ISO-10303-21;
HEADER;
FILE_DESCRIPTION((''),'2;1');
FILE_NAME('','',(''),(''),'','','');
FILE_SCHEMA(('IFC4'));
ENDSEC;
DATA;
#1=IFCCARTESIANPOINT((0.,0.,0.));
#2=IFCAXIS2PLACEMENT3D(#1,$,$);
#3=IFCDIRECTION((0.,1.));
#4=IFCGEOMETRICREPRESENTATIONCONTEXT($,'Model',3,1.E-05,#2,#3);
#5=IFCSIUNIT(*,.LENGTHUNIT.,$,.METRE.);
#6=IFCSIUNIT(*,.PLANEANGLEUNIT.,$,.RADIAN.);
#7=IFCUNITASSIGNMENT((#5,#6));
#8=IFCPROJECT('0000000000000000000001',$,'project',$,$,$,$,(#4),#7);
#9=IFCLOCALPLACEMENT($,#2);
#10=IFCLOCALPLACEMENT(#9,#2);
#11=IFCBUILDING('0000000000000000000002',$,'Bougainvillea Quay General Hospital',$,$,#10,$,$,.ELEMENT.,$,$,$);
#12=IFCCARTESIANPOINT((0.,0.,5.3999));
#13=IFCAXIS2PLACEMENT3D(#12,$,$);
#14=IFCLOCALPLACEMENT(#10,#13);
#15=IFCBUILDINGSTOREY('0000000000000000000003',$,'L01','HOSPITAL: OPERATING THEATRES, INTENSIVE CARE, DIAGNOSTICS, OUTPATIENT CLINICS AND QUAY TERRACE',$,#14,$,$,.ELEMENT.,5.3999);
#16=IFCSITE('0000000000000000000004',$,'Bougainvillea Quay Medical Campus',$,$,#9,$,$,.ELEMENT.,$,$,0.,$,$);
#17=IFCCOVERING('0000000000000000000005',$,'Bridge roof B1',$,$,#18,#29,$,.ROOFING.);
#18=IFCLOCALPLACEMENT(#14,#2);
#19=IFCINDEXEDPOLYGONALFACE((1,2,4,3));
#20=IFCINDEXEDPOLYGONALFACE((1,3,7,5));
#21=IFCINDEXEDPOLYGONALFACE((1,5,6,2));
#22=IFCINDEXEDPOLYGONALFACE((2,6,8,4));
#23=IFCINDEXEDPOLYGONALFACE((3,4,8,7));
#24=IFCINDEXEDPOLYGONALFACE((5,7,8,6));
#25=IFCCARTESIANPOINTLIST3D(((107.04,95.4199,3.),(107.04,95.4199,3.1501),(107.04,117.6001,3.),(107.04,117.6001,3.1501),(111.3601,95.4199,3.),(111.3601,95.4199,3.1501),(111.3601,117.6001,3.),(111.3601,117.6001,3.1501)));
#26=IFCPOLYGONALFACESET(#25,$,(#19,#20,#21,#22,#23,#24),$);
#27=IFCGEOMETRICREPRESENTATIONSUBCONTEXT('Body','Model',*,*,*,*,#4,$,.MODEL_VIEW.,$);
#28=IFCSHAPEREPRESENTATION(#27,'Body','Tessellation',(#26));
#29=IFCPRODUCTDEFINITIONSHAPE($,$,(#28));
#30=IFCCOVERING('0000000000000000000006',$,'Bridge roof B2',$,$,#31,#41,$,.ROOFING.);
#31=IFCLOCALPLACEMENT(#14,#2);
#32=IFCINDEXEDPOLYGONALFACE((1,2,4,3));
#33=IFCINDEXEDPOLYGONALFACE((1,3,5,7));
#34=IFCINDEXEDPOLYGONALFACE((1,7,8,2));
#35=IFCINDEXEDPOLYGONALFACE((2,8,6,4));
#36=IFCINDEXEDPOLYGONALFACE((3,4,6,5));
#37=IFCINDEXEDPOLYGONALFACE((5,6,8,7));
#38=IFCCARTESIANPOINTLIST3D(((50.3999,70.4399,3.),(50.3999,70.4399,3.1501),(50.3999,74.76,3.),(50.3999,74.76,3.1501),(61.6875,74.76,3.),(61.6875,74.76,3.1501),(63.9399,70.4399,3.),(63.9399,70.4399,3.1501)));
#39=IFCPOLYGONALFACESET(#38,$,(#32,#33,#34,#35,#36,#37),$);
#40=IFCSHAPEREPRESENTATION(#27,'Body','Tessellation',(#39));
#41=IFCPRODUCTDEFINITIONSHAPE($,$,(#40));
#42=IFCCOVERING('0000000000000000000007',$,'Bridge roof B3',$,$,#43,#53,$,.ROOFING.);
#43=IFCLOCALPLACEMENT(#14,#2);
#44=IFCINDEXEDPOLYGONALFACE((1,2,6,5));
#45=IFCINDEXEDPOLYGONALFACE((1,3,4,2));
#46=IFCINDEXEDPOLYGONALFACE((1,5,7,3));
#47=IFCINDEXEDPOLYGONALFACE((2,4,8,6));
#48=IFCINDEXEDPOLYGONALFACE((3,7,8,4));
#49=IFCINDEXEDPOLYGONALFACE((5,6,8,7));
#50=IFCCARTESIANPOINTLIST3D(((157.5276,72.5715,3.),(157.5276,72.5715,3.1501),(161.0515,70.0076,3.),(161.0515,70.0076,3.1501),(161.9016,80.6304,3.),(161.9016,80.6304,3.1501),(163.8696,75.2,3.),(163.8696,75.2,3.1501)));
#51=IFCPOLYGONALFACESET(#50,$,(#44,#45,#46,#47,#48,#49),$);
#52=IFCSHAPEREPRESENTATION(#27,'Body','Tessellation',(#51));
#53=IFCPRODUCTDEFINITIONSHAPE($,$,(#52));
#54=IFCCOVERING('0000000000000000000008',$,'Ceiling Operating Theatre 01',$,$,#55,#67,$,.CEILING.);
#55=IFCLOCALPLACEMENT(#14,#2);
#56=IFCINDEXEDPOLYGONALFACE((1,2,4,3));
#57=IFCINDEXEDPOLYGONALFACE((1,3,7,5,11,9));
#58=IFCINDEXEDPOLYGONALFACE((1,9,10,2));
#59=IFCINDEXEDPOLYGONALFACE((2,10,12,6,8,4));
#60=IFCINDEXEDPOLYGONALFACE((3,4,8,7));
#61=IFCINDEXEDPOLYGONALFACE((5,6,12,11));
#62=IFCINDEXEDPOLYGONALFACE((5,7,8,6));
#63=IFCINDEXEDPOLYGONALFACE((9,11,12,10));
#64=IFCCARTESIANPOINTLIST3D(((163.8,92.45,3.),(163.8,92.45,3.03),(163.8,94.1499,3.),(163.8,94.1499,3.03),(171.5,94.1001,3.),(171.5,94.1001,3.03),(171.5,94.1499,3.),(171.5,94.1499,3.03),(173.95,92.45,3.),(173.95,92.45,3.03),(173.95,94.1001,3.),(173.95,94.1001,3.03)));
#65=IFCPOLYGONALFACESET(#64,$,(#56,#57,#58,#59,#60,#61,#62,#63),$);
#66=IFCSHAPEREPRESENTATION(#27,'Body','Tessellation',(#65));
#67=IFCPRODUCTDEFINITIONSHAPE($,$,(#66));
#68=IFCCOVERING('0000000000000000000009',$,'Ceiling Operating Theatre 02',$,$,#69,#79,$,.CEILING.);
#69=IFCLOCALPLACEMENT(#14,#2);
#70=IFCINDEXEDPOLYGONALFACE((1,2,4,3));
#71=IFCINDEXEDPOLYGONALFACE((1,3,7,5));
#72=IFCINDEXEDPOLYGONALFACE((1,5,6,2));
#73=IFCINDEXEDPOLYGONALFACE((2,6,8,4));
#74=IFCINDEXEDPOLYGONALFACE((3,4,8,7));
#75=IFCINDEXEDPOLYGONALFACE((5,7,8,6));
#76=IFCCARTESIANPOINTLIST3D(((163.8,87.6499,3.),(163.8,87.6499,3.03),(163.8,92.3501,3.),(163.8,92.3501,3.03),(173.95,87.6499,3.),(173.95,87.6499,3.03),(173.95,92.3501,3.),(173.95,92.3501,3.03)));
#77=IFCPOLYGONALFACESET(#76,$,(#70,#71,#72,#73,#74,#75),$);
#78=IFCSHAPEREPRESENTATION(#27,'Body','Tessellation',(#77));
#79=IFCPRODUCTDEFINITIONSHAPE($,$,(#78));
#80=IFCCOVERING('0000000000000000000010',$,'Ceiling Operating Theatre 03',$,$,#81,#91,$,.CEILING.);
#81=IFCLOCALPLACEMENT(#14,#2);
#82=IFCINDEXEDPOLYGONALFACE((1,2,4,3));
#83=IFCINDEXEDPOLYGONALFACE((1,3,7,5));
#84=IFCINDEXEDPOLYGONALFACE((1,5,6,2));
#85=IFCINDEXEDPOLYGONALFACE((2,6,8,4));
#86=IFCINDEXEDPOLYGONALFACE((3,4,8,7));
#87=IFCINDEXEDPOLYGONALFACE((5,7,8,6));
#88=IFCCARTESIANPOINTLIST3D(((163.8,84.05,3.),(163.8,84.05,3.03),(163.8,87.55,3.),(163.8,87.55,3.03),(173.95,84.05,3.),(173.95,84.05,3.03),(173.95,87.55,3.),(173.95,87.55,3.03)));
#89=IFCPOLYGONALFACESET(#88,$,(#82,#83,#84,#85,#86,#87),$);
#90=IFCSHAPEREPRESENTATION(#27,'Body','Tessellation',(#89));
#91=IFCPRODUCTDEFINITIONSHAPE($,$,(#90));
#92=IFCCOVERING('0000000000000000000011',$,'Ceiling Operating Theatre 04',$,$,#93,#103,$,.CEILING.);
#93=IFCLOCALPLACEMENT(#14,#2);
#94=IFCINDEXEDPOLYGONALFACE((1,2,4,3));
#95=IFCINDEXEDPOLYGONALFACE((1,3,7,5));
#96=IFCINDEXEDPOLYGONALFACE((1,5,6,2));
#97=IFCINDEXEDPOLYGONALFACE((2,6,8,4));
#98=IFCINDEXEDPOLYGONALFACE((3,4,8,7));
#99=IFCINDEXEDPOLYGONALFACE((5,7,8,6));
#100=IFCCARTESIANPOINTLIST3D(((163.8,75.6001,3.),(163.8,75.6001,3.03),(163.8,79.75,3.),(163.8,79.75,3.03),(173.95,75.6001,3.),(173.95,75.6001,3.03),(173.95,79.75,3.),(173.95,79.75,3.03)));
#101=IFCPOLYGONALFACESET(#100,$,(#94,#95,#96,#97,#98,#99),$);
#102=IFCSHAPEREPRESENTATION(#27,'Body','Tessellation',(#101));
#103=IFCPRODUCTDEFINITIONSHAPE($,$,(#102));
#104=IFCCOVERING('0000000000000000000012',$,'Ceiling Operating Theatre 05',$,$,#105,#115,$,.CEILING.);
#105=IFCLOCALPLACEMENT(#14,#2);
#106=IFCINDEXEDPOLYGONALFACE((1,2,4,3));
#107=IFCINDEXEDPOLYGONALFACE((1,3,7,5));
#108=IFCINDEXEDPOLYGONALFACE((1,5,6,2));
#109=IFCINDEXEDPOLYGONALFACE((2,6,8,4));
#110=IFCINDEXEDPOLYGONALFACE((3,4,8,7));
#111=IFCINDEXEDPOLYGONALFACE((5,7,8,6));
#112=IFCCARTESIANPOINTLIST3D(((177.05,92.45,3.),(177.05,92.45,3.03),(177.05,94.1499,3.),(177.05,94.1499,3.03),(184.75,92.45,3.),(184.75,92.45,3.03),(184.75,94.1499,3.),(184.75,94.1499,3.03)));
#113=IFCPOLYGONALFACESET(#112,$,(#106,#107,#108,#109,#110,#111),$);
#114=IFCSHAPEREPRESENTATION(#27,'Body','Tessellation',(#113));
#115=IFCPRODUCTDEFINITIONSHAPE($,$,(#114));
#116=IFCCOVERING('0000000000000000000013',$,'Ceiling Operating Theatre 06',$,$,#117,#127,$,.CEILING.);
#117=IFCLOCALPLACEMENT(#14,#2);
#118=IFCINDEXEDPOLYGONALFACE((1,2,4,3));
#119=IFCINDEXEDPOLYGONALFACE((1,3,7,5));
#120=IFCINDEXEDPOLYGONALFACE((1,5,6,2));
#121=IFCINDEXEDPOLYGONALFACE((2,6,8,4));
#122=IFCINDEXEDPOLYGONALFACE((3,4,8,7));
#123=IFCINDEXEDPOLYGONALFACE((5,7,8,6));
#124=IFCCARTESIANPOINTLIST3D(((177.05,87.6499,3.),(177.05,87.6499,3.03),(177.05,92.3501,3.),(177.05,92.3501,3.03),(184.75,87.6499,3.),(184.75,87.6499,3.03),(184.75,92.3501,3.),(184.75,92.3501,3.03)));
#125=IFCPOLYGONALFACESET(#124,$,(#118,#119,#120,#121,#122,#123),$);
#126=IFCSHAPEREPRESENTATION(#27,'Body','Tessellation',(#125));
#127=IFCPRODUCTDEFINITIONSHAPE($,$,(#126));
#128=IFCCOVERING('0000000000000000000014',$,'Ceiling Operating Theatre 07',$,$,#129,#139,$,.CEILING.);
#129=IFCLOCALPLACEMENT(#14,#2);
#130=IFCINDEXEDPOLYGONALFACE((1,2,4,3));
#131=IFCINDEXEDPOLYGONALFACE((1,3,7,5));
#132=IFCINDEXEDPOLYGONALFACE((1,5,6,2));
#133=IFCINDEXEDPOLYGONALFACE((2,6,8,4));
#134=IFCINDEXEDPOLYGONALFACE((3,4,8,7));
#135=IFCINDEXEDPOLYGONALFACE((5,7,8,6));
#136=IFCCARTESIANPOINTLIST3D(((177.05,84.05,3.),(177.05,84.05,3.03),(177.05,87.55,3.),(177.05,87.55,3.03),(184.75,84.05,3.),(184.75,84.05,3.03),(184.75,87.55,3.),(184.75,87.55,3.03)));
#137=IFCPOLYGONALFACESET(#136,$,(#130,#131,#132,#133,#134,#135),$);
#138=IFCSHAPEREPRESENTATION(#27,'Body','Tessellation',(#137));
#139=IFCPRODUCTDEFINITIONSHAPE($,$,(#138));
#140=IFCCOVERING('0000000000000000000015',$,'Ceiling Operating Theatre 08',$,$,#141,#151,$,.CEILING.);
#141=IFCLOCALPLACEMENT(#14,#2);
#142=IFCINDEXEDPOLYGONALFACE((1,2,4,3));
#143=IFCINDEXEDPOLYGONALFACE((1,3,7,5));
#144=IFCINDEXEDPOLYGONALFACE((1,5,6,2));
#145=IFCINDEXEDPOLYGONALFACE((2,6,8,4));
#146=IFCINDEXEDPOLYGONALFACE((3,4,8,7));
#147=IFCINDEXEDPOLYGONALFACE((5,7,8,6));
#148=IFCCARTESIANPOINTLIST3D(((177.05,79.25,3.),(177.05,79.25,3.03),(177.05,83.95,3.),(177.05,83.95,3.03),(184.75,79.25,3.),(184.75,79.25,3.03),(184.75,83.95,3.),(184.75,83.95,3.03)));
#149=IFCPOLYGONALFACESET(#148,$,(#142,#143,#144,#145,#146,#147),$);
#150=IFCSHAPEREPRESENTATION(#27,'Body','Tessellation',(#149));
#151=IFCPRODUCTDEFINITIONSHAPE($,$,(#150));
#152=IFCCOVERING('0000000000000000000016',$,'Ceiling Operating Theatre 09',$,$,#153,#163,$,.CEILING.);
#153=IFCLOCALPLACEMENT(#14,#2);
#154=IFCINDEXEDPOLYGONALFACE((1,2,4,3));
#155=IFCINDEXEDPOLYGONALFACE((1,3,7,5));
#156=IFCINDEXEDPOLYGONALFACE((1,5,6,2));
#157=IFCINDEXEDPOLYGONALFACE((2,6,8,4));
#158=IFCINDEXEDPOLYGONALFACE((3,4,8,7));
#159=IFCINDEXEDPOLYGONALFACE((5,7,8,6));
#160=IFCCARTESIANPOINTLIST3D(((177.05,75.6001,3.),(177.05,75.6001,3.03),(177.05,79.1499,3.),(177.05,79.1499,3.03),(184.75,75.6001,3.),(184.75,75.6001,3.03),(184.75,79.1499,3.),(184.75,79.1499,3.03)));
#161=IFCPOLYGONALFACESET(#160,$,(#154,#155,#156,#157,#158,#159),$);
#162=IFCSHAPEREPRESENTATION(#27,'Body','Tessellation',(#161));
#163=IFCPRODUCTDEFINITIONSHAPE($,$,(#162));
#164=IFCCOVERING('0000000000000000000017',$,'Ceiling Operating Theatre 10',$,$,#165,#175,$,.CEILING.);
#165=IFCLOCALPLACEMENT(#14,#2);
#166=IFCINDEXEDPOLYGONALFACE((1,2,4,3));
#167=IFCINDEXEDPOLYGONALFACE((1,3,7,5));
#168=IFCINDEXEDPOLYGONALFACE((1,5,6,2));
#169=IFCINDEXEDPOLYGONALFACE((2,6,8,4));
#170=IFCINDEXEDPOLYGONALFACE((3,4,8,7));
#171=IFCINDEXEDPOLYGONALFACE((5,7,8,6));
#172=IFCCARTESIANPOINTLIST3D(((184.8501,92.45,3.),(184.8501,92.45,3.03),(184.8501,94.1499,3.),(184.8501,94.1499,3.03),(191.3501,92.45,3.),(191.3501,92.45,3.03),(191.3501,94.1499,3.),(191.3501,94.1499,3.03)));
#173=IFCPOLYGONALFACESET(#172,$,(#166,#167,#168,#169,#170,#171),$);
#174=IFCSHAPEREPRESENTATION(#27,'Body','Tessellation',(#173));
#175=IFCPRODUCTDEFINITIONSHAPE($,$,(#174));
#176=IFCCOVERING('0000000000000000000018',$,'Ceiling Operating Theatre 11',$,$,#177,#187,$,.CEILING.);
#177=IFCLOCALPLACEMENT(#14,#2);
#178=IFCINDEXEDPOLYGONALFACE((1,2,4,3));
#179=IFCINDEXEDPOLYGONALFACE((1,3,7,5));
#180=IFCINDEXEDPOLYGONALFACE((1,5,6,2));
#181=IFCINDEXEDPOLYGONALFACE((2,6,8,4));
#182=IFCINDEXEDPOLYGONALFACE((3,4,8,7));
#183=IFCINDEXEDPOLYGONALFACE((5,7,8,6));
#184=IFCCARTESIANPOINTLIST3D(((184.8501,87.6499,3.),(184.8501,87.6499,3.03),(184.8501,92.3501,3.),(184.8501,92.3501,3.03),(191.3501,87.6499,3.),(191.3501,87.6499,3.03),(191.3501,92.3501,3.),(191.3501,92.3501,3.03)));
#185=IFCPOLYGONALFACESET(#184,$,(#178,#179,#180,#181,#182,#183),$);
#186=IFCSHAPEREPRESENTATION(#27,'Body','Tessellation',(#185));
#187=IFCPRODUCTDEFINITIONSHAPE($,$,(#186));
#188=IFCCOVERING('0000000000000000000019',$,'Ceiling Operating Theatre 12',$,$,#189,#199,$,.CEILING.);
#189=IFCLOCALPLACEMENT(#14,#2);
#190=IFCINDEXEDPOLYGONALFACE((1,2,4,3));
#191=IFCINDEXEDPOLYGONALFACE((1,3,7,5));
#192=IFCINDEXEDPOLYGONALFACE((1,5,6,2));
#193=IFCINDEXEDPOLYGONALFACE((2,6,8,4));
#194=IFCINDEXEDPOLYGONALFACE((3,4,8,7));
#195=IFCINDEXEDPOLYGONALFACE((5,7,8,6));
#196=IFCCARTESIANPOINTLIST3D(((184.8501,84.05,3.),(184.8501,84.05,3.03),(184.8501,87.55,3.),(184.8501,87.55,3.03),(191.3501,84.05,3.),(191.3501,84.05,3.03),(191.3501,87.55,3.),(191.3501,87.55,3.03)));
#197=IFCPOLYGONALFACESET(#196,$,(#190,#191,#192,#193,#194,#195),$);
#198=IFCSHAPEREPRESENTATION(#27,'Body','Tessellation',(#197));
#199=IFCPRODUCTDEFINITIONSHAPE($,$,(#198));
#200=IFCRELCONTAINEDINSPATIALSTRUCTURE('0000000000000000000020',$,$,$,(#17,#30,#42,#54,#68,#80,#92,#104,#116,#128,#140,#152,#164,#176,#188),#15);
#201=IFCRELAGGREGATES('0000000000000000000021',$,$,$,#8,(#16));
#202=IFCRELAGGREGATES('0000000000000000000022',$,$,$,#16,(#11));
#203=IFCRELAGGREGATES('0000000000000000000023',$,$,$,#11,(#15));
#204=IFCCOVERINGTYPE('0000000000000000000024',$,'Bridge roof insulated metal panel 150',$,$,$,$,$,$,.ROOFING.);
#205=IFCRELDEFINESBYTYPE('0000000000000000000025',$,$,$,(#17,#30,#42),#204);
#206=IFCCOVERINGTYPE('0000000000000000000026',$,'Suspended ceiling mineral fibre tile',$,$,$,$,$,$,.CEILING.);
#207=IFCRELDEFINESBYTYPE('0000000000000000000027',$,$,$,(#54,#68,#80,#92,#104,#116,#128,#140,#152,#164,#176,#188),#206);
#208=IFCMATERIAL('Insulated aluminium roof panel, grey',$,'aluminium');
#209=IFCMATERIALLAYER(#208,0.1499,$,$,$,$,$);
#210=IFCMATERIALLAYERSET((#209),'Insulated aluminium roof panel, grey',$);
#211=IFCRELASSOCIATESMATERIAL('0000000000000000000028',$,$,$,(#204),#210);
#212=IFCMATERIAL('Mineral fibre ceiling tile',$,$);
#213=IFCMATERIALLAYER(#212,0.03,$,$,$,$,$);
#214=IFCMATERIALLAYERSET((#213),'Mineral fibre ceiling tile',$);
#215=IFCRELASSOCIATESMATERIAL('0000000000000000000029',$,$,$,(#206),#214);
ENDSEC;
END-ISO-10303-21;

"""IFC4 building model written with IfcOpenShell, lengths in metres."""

from ifc_helpers import new_model, si_unit, direction, frame, origin, place, context, subcontext, project, spatial, polyline, outline, extrude, material, layer, layer_set, type_object, element, save


model = new_model("IFC4")

# Units and contexts
model_context = context("Model", 3, precision=1e-05, world=origin(), true_north=direction((0.0, 1.0)))
body_context = subcontext(model_context, "Body", "Model", "MODEL_VIEW")
ifc_project = project(units=[si_unit("LENGTHUNIT", "METRE"), si_unit("PLANEANGLEUNIT", "RADIAN")], contexts=[model_context])

# Site, building, storey
site_placement = place(None, origin())
site = spatial("IfcSite", under=ifc_project, at=site_placement, Name="Bougainvillea Quay Medical Campus", CompositionType="ELEMENT", RefElevation=0.0)
building_placement = place(site_placement, origin())
building = spatial("IfcBuilding", under=site, at=building_placement, Name="Bougainvillea Quay General Hospital", CompositionType="ELEMENT")
storey_placement = place(building_placement, frame((0.0, 0.0, 5.3999)))
storey = spatial("IfcBuildingStorey", under=building, at=storey_placement, Name="L01", Description="HOSPITAL: OPERATING THEATRES, INTENSIVE CARE, DIAGNOSTICS, OUTPATIENT CLINICS AND QUAY TERRACE", CompositionType="ELEMENT", Elevation=5.3999)

# Coverings
ifc_material_1 = material(Name="Insulated aluminium roof panel, grey", Category="aluminium")
ifc_layer_1 = layer(ifc_material_1, 0.1499)
ifc_layer_set_1 = layer_set([ifc_layer_1], Name="Insulated aluminium roof panel, grey")
covering_type_1 = type_object("IfcCoveringType", Name="Bridge roof insulated metal panel 150", PredefinedType="ROOFING", material=ifc_layer_set_1)
covering_1_placement = place(storey_placement, frame((0.0, 0.0, 3.0)))
element("IfcCovering", 1, at=covering_1_placement, inside=storey, type_object=covering_type_1, Name="Bridge roof B1", PredefinedType="ROOFING", context=body_context, shape_type="SweptSolid", body=[
    extrude(outline(polyline([(107.04, 95.4199), (107.04, 117.6001), (111.3601, 117.6001), (111.3601, 95.4199), (107.04, 95.4199)])), origin(), (0.0, 0.0, 1.0), 0.1501),
])
covering_2_placement = place(storey_placement, frame((0.0, 0.0, 3.0)))
element("IfcCovering", 2, at=covering_2_placement, inside=storey, type_object=covering_type_1, Name="Bridge roof B2", PredefinedType="ROOFING", context=body_context, shape_type="SweptSolid", body=[
    extrude(outline(polyline([(50.3999, 74.76), (61.6875, 74.76), (63.9399, 70.4399), (50.3999, 70.4399), (50.3999, 74.76)])), origin(), (0.0, 0.0, 1.0), 0.1501),
])
covering_3_placement = place(storey_placement, frame((0.0, 0.0, 3.0)))
element("IfcCovering", 3, at=covering_3_placement, inside=storey, type_object=covering_type_1, Name="Bridge roof B3", PredefinedType="ROOFING", context=body_context, shape_type="SweptSolid", body=[
    extrude(outline(polyline([(157.5276, 72.5715), (161.9016, 80.6304), (163.8696, 75.2), (161.0515, 70.0076), (157.5276, 72.5715)])), origin(), (0.0, 0.0, 1.0), 0.1501),
])
ifc_material_2 = material(Name="Mineral fibre ceiling tile")
ifc_layer_2 = layer(ifc_material_2, 0.03)
ifc_layer_set_2 = layer_set([ifc_layer_2], Name="Mineral fibre ceiling tile")
covering_type_2 = type_object("IfcCoveringType", Name="Suspended ceiling mineral fibre tile", PredefinedType="CEILING", material=ifc_layer_set_2)
covering_4_placement = place(storey_placement, frame((0.0, 0.0, 3.0)))
element("IfcCovering", 4, at=covering_4_placement, inside=storey, type_object=covering_type_2, Name="Ceiling Operating Theatre 01", PredefinedType="CEILING", context=body_context, shape_type="SweptSolid", body=[
    extrude(outline(polyline([(163.8, 92.45), (173.95, 92.45), (173.95, 94.1001), (171.5, 94.1001), (171.5, 94.1499), (163.8, 94.1499), (163.8, 92.45)])), origin(), (0.0, 0.0, 1.0), 0.03),
])
covering_5_placement = place(storey_placement, frame((0.0, 0.0, 3.0)))
element("IfcCovering", 5, at=covering_5_placement, inside=storey, type_object=covering_type_2, Name="Ceiling Operating Theatre 02", PredefinedType="CEILING", context=body_context, shape_type="SweptSolid", body=[
    extrude(outline(polyline([(163.8, 87.6499), (173.95, 87.6499), (173.95, 92.3501), (163.8, 92.3501), (163.8, 87.6499)])), origin(), (0.0, 0.0, 1.0), 0.03),
])
covering_6_placement = place(storey_placement, frame((0.0, 0.0, 3.0)))
element("IfcCovering", 6, at=covering_6_placement, inside=storey, type_object=covering_type_2, Name="Ceiling Operating Theatre 03", PredefinedType="CEILING", context=body_context, shape_type="SweptSolid", body=[
    extrude(outline(polyline([(163.8, 84.05), (173.95, 84.05), (173.95, 87.55), (163.8, 87.55), (163.8, 84.05)])), origin(), (0.0, 0.0, 1.0), 0.03),
])
covering_7_placement = place(storey_placement, frame((0.0, 0.0, 3.0)))
element("IfcCovering", 7, at=covering_7_placement, inside=storey, type_object=covering_type_2, Name="Ceiling Operating Theatre 04", PredefinedType="CEILING", context=body_context, shape_type="SweptSolid", body=[
    extrude(outline(polyline([(173.95, 75.6001), (173.95, 79.75), (163.8, 79.75), (163.8, 75.6001), (173.95, 75.6001)])), origin(), (0.0, 0.0, 1.0), 0.03),
])
covering_8_placement = place(storey_placement, frame((0.0, 0.0, 3.0)))
element("IfcCovering", 8, at=covering_8_placement, inside=storey, type_object=covering_type_2, Name="Ceiling Operating Theatre 05", PredefinedType="CEILING", context=body_context, shape_type="SweptSolid", body=[
    extrude(outline(polyline([(184.75, 92.45), (184.75, 94.1499), (177.05, 94.1499), (177.05, 92.45), (184.75, 92.45)])), origin(), (0.0, 0.0, 1.0), 0.03),
])
covering_9_placement = place(storey_placement, frame((0.0, 0.0, 3.0)))
element("IfcCovering", 9, at=covering_9_placement, inside=storey, type_object=covering_type_2, Name="Ceiling Operating Theatre 06", PredefinedType="CEILING", context=body_context, shape_type="SweptSolid", body=[
    extrude(outline(polyline([(184.75, 87.6499), (184.75, 92.3501), (177.05, 92.3501), (177.05, 87.6499), (184.75, 87.6499)])), origin(), (0.0, 0.0, 1.0), 0.03),
])
covering_10_placement = place(storey_placement, frame((0.0, 0.0, 3.0)))
element("IfcCovering", 10, at=covering_10_placement, inside=storey, type_object=covering_type_2, Name="Ceiling Operating Theatre 07", PredefinedType="CEILING", context=body_context, shape_type="SweptSolid", body=[
    extrude(outline(polyline([(184.75, 84.05), (184.75, 87.55), (177.05, 87.55), (177.05, 84.05), (184.75, 84.05)])), origin(), (0.0, 0.0, 1.0), 0.03),
])
covering_11_placement = place(storey_placement, frame((0.0, 0.0, 3.0)))
element("IfcCovering", 11, at=covering_11_placement, inside=storey, type_object=covering_type_2, Name="Ceiling Operating Theatre 08", PredefinedType="CEILING", context=body_context, shape_type="SweptSolid", body=[
    extrude(outline(polyline([(184.75, 79.25), (184.75, 83.95), (177.05, 83.95), (177.05, 79.25), (184.75, 79.25)])), origin(), (0.0, 0.0, 1.0), 0.03),
])
covering_12_placement = place(storey_placement, frame((0.0, 0.0, 3.0)))
element("IfcCovering", 12, at=covering_12_placement, inside=storey, type_object=covering_type_2, Name="Ceiling Operating Theatre 09", PredefinedType="CEILING", context=body_context, shape_type="SweptSolid", body=[
    extrude(outline(polyline([(184.75, 75.6001), (184.75, 79.1499), (177.05, 79.1499), (177.05, 75.6001), (184.75, 75.6001)])), origin(), (0.0, 0.0, 1.0), 0.03),
])
covering_13_placement = place(storey_placement, frame((0.0, 0.0, 3.0)))
element("IfcCovering", 13, at=covering_13_placement, inside=storey, type_object=covering_type_2, Name="Ceiling Operating Theatre 10", PredefinedType="CEILING", context=body_context, shape_type="SweptSolid", body=[
    extrude(outline(polyline([(191.3501, 94.1499), (184.8501, 94.1499), (184.8501, 92.45), (191.3501, 92.45), (191.3501, 94.1499)])), origin(), (0.0, 0.0, 1.0), 0.03),
])
covering_14_placement = place(storey_placement, frame((0.0, 0.0, 3.0)))
element("IfcCovering", 14, at=covering_14_placement, inside=storey, type_object=covering_type_2, Name="Ceiling Operating Theatre 11", PredefinedType="CEILING", context=body_context, shape_type="SweptSolid", body=[
    extrude(outline(polyline([(191.3501, 92.3501), (184.8501, 92.3501), (184.8501, 87.6499), (191.3501, 87.6499), (191.3501, 92.3501)])), origin(), (0.0, 0.0, 1.0), 0.03),
])
covering_15_placement = place(storey_placement, frame((0.0, 0.0, 3.0)))
element("IfcCovering", 15, at=covering_15_placement, inside=storey, type_object=covering_type_2, Name="Ceiling Operating Theatre 12", PredefinedType="CEILING", context=body_context, shape_type="SweptSolid", body=[
    extrude(outline(polyline([(191.3501, 87.55), (184.8501, 87.55), (184.8501, 84.05), (191.3501, 84.05), (191.3501, 87.55)])), origin(), (0.0, 0.0, 1.0), 0.03),
])

save(model, "model.ifc")
